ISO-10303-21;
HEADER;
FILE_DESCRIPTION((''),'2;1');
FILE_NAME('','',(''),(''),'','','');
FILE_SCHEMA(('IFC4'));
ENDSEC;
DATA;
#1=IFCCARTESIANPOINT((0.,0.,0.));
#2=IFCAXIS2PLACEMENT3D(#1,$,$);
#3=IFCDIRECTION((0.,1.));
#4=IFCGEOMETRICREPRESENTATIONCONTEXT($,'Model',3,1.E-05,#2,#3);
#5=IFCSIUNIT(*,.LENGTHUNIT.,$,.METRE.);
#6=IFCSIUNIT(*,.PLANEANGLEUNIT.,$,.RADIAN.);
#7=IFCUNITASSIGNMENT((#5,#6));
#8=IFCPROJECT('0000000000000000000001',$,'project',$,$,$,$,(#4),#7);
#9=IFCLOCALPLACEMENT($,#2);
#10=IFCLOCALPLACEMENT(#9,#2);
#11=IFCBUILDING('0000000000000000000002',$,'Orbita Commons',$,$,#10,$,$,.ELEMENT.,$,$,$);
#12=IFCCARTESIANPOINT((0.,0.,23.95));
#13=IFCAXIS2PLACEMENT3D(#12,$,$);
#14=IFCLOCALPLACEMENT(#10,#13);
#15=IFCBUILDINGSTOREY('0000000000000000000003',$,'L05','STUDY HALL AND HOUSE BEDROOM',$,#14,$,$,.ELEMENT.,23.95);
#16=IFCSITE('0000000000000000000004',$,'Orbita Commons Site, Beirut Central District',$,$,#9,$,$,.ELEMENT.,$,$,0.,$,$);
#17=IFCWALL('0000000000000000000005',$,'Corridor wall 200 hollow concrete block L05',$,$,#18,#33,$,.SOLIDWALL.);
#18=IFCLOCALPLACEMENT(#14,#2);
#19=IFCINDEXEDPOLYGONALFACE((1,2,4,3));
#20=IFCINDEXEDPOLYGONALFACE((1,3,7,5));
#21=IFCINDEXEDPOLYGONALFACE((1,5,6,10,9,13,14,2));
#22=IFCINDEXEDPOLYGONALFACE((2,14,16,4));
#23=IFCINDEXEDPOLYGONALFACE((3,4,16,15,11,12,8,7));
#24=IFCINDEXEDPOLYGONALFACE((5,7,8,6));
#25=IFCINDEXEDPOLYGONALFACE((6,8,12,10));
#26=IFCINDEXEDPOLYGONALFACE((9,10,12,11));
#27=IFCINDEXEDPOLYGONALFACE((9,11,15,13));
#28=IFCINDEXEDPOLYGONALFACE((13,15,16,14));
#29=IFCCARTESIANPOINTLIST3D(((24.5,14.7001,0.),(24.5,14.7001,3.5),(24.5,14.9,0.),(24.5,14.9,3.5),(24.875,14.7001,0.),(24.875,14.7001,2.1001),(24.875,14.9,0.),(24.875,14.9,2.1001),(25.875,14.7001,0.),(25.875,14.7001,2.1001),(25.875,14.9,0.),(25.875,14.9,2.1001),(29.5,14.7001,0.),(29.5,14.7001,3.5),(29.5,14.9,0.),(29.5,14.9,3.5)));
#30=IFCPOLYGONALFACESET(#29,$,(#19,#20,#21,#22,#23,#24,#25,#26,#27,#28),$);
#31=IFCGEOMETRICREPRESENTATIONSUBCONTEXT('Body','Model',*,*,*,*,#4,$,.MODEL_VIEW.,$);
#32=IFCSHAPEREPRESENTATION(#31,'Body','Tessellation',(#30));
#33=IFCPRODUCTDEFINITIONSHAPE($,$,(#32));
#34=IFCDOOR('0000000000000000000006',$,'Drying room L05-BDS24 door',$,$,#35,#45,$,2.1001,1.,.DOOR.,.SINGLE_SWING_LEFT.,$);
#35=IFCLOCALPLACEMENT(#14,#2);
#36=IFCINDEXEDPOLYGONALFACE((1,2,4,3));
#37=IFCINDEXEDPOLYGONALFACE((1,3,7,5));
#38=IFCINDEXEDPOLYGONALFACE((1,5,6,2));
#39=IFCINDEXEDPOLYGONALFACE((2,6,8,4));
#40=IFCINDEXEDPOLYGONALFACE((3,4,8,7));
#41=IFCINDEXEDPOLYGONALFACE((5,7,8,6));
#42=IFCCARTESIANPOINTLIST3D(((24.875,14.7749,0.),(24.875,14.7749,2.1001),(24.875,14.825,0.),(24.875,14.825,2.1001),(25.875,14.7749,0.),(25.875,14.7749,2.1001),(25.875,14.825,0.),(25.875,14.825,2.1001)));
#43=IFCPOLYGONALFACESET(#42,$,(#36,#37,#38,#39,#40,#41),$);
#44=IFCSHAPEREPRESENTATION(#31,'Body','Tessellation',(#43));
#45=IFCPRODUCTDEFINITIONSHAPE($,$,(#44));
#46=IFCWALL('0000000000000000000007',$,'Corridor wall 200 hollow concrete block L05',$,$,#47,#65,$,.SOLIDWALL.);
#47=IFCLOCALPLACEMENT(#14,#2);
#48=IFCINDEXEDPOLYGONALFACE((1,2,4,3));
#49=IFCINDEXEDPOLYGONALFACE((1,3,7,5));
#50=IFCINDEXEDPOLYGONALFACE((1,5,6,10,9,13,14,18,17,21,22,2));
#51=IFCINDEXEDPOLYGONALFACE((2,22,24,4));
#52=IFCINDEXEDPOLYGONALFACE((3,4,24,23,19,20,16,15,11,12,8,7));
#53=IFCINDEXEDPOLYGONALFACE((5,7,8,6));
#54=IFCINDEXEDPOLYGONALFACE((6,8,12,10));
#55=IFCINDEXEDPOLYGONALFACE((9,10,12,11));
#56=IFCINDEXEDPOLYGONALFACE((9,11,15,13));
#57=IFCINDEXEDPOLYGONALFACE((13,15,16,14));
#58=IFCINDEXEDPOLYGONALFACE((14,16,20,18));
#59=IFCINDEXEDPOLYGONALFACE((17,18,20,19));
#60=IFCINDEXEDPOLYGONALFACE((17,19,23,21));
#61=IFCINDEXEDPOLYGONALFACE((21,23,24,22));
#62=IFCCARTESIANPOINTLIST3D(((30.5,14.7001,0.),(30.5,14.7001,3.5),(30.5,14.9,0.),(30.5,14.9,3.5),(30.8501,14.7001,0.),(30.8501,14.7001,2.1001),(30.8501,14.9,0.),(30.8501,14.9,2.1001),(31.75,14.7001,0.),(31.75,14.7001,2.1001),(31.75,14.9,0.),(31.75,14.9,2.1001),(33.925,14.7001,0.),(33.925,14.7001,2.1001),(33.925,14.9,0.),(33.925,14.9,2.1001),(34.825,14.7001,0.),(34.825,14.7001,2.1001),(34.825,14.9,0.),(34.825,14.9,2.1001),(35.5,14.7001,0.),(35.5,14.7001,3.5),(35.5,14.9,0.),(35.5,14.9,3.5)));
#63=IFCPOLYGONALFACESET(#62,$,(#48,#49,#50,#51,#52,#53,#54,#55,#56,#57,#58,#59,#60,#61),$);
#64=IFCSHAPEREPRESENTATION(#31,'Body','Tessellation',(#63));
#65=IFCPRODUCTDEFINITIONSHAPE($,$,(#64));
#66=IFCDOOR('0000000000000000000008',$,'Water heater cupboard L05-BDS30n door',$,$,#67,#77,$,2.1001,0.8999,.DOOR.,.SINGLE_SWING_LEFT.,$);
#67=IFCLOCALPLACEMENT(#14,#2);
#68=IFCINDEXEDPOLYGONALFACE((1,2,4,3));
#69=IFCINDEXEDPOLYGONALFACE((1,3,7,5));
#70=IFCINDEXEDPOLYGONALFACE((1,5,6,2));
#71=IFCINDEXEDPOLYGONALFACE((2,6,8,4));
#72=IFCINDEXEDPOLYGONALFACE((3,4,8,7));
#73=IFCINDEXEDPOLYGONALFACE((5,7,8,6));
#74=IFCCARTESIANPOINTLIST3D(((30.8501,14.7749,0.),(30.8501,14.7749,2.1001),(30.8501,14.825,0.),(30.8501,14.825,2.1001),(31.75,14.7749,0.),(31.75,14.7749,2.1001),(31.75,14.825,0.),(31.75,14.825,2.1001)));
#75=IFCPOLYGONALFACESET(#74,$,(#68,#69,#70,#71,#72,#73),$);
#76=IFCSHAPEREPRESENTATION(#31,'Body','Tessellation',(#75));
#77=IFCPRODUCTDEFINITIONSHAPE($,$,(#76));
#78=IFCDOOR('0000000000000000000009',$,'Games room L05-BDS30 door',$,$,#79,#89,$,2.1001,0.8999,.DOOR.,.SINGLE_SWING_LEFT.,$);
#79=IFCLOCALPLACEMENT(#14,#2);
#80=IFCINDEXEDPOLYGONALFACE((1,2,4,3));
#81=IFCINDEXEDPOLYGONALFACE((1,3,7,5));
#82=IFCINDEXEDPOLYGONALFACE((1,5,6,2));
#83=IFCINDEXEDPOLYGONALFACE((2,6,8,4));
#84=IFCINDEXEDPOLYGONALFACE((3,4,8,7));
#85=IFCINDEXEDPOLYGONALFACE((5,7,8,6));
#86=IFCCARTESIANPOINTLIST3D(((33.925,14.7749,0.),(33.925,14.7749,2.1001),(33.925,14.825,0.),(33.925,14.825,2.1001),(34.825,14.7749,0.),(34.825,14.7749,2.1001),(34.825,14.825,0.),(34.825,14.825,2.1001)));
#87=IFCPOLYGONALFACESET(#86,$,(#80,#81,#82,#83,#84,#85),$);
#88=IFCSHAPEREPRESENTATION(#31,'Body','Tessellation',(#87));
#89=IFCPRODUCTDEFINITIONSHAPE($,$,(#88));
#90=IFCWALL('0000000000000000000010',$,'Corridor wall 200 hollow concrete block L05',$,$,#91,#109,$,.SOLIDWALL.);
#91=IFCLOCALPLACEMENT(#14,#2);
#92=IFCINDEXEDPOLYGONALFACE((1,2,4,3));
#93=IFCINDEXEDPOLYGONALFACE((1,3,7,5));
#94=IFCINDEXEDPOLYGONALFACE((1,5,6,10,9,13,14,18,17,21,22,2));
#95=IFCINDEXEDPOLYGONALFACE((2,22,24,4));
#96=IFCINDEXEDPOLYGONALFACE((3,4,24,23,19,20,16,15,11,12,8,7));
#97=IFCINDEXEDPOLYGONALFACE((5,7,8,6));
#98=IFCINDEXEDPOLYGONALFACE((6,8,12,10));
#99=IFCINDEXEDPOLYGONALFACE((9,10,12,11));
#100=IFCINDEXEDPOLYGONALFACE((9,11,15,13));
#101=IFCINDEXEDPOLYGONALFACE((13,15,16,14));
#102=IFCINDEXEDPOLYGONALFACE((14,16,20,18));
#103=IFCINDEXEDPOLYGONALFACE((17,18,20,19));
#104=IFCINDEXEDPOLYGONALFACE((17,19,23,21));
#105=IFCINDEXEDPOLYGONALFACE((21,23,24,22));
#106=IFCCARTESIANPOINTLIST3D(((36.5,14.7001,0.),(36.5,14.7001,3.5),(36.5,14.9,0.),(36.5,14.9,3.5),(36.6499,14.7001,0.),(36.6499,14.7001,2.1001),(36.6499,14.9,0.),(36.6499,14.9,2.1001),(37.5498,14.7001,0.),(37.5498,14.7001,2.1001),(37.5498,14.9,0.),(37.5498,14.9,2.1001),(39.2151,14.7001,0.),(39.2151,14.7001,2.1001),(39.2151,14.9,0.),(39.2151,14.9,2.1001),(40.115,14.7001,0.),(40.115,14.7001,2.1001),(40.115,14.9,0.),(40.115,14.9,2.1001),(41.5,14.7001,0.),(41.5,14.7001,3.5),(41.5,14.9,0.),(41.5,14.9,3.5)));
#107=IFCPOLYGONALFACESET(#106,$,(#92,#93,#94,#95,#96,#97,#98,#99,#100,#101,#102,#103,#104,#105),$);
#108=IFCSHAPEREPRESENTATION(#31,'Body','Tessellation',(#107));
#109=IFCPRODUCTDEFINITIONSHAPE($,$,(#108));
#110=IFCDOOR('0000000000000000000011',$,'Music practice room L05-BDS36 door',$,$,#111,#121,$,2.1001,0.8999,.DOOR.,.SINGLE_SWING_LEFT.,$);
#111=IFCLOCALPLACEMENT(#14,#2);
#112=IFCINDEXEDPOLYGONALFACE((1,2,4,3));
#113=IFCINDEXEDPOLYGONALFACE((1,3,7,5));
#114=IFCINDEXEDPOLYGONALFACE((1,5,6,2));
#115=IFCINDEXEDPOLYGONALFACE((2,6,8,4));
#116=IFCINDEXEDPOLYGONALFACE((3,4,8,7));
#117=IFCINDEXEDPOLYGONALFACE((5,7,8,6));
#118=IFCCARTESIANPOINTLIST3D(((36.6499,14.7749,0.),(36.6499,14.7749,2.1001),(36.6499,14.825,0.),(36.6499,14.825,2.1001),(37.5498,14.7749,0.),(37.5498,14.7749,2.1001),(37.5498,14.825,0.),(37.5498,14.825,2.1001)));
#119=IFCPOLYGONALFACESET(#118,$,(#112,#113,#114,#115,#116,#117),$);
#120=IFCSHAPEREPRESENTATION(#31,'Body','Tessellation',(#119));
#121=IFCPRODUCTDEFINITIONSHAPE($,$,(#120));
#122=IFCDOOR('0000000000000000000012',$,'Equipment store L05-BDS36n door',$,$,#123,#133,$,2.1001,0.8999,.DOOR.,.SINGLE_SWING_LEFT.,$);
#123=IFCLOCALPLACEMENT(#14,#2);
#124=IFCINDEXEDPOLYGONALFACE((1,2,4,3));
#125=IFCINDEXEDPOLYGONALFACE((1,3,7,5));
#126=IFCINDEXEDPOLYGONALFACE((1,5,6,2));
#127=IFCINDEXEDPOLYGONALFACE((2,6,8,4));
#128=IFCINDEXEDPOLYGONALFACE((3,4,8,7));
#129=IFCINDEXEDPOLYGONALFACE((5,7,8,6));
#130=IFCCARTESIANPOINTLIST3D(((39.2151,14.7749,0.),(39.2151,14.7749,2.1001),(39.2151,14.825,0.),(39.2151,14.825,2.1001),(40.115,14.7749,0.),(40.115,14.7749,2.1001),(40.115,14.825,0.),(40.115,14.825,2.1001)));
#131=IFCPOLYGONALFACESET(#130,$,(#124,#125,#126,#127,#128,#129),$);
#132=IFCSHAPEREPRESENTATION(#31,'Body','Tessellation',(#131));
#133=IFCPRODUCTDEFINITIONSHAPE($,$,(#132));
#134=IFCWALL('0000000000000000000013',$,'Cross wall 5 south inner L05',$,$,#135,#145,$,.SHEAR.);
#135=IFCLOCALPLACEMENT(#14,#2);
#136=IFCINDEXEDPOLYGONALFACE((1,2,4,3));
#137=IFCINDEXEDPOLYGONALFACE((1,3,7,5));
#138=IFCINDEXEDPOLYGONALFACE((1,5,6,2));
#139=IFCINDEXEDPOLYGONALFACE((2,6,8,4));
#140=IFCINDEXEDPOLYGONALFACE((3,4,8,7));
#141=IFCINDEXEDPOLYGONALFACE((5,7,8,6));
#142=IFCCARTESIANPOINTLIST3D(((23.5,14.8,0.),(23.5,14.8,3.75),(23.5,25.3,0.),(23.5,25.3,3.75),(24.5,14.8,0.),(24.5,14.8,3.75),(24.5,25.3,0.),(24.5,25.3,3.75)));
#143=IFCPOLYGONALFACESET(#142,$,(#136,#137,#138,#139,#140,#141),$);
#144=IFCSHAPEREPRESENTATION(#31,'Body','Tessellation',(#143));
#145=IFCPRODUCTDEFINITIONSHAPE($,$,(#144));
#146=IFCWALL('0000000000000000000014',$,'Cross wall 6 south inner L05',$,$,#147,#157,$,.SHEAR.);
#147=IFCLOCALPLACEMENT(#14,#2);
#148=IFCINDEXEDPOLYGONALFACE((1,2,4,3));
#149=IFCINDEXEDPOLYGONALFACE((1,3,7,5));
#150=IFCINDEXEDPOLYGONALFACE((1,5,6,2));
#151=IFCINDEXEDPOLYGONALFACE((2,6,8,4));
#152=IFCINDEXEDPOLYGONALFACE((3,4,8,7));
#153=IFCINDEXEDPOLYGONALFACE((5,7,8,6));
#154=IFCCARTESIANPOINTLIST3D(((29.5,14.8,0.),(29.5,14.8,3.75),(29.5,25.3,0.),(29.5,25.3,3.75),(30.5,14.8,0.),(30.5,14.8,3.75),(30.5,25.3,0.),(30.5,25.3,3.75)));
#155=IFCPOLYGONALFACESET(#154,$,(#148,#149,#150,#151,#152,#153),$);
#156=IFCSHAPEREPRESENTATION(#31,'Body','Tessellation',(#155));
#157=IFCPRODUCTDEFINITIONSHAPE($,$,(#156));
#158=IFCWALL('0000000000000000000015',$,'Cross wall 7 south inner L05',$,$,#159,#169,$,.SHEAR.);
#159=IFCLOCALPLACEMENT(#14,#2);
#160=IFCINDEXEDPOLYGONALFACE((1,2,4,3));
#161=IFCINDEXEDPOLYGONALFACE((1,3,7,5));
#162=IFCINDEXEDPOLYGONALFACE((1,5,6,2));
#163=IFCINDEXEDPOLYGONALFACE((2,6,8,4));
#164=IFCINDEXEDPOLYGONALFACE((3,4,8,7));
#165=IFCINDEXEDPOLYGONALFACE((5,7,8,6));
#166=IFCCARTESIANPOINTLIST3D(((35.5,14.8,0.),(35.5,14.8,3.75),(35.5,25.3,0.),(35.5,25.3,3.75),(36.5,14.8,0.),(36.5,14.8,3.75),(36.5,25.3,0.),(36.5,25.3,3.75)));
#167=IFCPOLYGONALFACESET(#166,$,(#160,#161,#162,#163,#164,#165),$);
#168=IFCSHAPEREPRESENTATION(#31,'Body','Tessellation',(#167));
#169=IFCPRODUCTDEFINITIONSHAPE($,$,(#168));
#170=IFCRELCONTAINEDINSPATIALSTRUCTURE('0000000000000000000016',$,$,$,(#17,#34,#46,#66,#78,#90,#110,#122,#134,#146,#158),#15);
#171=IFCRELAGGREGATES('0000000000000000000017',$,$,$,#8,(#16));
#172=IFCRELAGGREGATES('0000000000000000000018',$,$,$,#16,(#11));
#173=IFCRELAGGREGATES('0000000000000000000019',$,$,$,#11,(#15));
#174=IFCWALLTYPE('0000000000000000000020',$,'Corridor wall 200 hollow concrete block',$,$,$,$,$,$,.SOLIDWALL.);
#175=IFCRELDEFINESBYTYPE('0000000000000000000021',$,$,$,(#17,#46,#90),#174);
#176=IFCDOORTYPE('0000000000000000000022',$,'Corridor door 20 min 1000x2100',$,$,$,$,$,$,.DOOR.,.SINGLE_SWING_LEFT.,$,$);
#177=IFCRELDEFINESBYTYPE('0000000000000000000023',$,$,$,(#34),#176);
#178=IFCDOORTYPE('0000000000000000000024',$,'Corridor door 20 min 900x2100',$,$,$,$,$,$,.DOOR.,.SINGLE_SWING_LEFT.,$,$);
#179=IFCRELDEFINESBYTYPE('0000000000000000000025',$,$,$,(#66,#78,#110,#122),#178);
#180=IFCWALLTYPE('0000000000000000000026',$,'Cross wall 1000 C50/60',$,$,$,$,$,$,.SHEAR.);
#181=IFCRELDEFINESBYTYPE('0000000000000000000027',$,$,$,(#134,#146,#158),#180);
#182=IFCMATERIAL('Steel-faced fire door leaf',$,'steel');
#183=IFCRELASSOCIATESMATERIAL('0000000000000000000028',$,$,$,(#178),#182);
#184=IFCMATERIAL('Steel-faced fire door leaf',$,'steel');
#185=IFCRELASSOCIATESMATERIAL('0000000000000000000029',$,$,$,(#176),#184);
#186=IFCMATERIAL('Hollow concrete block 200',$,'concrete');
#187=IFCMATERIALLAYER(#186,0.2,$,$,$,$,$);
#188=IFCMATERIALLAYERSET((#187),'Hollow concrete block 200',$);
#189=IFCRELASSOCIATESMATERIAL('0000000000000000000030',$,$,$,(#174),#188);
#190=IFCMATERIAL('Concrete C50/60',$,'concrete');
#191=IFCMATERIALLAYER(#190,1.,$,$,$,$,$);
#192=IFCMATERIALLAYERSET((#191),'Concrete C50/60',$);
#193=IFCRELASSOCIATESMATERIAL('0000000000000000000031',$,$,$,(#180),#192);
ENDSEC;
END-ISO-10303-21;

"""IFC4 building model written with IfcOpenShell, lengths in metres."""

from ifc_helpers import new_model, si_unit, direction, frame, frame_2d, origin, place, context, subcontext, project, spatial, rectangle, extrude, material, layer, layer_set, type_object, element, fill, save


model = new_model("IFC4")

# Units and contexts
model_context = context("Model", 3, precision=1e-05, world=origin(), true_north=direction((0.0, 1.0)))
body_context = subcontext(model_context, "Body", "Model", "MODEL_VIEW")
ifc_project = project(units=[si_unit("LENGTHUNIT", "METRE"), si_unit("PLANEANGLEUNIT", "RADIAN")], contexts=[model_context])

# Site, building, storey
site_placement = place(None, origin())
site = spatial("IfcSite", under=ifc_project, at=site_placement, Name="Orbita Commons Site, Beirut Central District", CompositionType="ELEMENT", RefElevation=0.0)
building_placement = place(site_placement, origin())
building = spatial("IfcBuilding", under=site, at=building_placement, Name="Orbita Commons", CompositionType="ELEMENT")
storey_placement = place(building_placement, frame((0.0, 0.0, 23.95)))
storey = spatial("IfcBuildingStorey", under=building, at=storey_placement, Name="L05", Description="STUDY HALL AND HOUSE BEDROOM", CompositionType="ELEMENT", Elevation=23.95)

# Shared definitions
ifc_material_1 = material(Name="Steel-faced fire door leaf", Category="steel")
door_type_1 = type_object("IfcDoorType", Name="Corridor door 20 min 900x2100", OperationType="SINGLE_SWING_LEFT", PredefinedType="DOOR", material=ifc_material_1)

# Wall, opening, door
ifc_material_2 = material(Name="Steel-faced fire door leaf", Category="steel")
door_type_2 = type_object("IfcDoorType", Name="Corridor door 20 min 1000x2100", OperationType="SINGLE_SWING_LEFT", PredefinedType="DOOR", material=ifc_material_2)
ifc_material_3 = material(Name="Hollow concrete block 200", Category="concrete")
ifc_layer_1 = layer(ifc_material_3, 0.2)
ifc_layer_set_1 = layer_set([ifc_layer_1], Name="Hollow concrete block 200")
wall_type_1 = type_object("IfcWallType", Name="Corridor wall 200 hollow concrete block", PredefinedType="SOLIDWALL", material=ifc_layer_set_1)
wall_1_placement = place(storey_placement, frame((24.5, 14.8, 0.0), z_axis=(0.0, 0.0, 1.0), x_axis=(1.0, 0.0, 0.0)))
wall_1 = element("IfcWall", 1, at=wall_1_placement, inside=storey, type_object=wall_type_1, Name="Corridor wall 200 hollow concrete block L05", PredefinedType="SOLIDWALL", context=body_context, shape_type="SweptSolid", body=[
    extrude(rectangle(XDim=5.0, YDim=0.2, at=frame_2d((2.5, 0.0))), origin(), (0.0, 0.0, 1.0), 3.5),
])
opening_1_placement = place(wall_1_placement, frame((0.375, 0.0, 0.0)))
opening_1 = element("IfcOpeningElement", 2, at=opening_1_placement, cuts=wall_1, PredefinedType="OPENING", context=body_context, shape_type="SweptSolid", body=[
    extrude(rectangle(XDim=1.0, YDim=2.1001, at=frame_2d((0.5, 1.05))), frame((0.0, 0.1099, 0.0), z_axis=(0.0, -1.0, 0.0), x_axis=(1.0, 0.0, 0.0)), (0.0, 0.0, 1.0), 0.22),
])
door_1_placement = place(opening_1_placement, origin())
door_1 = element("IfcDoor", 3, at=door_1_placement, inside=storey, type_object=door_type_2, Name="Drying room L05-BDS24 door", OperationType="SINGLE_SWING_LEFT", OverallHeight=2.1001, OverallWidth=1.0, PredefinedType="DOOR", context=body_context, shape_type="SweptSolid", body=[
    extrude(rectangle(XDim=1.0, YDim=2.1001, at=frame_2d((0.5, 1.05))), frame((0.0, 0.0249, 0.0), z_axis=(0.0, -1.0, 0.0), x_axis=(1.0, 0.0, 0.0)), (0.0, 0.0, 1.0), 0.05),
])
fill(opening_1, door_1)

# Walls, openings, doors
wall_2_placement = place(storey_placement, frame((30.5, 14.8, 0.0), z_axis=(0.0, 0.0, 1.0), x_axis=(1.0, 0.0, 0.0)))
wall_2 = element("IfcWall", 4, at=wall_2_placement, inside=storey, type_object=wall_type_1, Name="Corridor wall 200 hollow concrete block L05", PredefinedType="SOLIDWALL", context=body_context, shape_type="SweptSolid", body=[
    extrude(rectangle(XDim=5.0, YDim=0.2, at=frame_2d((2.5, 0.0))), origin(), (0.0, 0.0, 1.0), 3.5),
])
opening_2_placement = place(wall_2_placement, frame((0.3501, 0.0, 0.0)))
opening_2 = element("IfcOpeningElement", 5, at=opening_2_placement, cuts=wall_2, PredefinedType="OPENING", context=body_context, shape_type="SweptSolid", body=[
    extrude(rectangle(XDim=0.8999, YDim=2.1001, at=frame_2d((0.45, 1.05))), frame((0.0, 0.1099, 0.0), z_axis=(0.0, -1.0, 0.0), x_axis=(1.0, 0.0, 0.0)), (0.0, 0.0, 1.0), 0.22),
])
opening_3_placement = place(wall_2_placement, frame((3.425, 0.0, 0.0)))
opening_3 = element("IfcOpeningElement", 6, at=opening_3_placement, cuts=wall_2, PredefinedType="OPENING", context=body_context, shape_type="SweptSolid", body=[
    extrude(rectangle(XDim=0.8999, YDim=2.1001, at=frame_2d((0.45, 1.05))), frame((0.0, 0.1099, 0.0), z_axis=(0.0, -1.0, 0.0), x_axis=(1.0, 0.0, 0.0)), (0.0, 0.0, 1.0), 0.22),
])
door_2_placement = place(opening_2_placement, origin())
door_2 = element("IfcDoor", 7, at=door_2_placement, inside=storey, type_object=door_type_1, Name="Water heater cupboard L05-BDS30n door", OperationType="SINGLE_SWING_LEFT", OverallHeight=2.1001, OverallWidth=0.8999, PredefinedType="DOOR", context=body_context, shape_type="SweptSolid", body=[
    extrude(rectangle(XDim=0.8999, YDim=2.1001, at=frame_2d((0.45, 1.05))), frame((0.0, 0.0249, 0.0), z_axis=(0.0, -1.0, 0.0), x_axis=(1.0, 0.0, 0.0)), (0.0, 0.0, 1.0), 0.05),
])
fill(opening_2, door_2)
door_3_placement = place(opening_3_placement, origin())
door_3 = element("IfcDoor", 8, at=door_3_placement, inside=storey, type_object=door_type_1, Name="Games room L05-BDS30 door", OperationType="SINGLE_SWING_LEFT", OverallHeight=2.1001, OverallWidth=0.8999, PredefinedType="DOOR", context=body_context, shape_type="SweptSolid", body=[
    extrude(rectangle(XDim=0.8999, YDim=2.1001, at=frame_2d((0.45, 1.05))), frame((0.0, 0.0249, 0.0), z_axis=(0.0, -1.0, 0.0), x_axis=(1.0, 0.0, 0.0)), (0.0, 0.0, 1.0), 0.05),
])
fill(opening_3, door_3)
wall_3_placement = place(storey_placement, frame((36.5, 14.8, 0.0), z_axis=(0.0, 0.0, 1.0), x_axis=(1.0, 0.0, 0.0)))
wall_3 = element("IfcWall", 9, at=wall_3_placement, inside=storey, type_object=wall_type_1, Name="Corridor wall 200 hollow concrete block L05", PredefinedType="SOLIDWALL", context=body_context, shape_type="SweptSolid", body=[
    extrude(rectangle(XDim=5.0, YDim=0.2, at=frame_2d((2.5, 0.0))), origin(), (0.0, 0.0, 1.0), 3.5),
])
opening_4_placement = place(wall_3_placement, frame((0.1499, 0.0, 0.0)))
opening_4 = element("IfcOpeningElement", 10, at=opening_4_placement, cuts=wall_3, PredefinedType="OPENING", context=body_context, shape_type="SweptSolid", body=[
    extrude(rectangle(XDim=0.8999, YDim=2.1001, at=frame_2d((0.45, 1.05))), frame((0.0, 0.1099, 0.0), z_axis=(0.0, -1.0, 0.0), x_axis=(1.0, 0.0, 0.0)), (0.0, 0.0, 1.0), 0.22),
])
opening_5_placement = place(wall_3_placement, frame((2.7151, 0.0, 0.0)))
opening_5 = element("IfcOpeningElement", 11, at=opening_5_placement, cuts=wall_3, PredefinedType="OPENING", context=body_context, shape_type="SweptSolid", body=[
    extrude(rectangle(XDim=0.8999, YDim=2.1001, at=frame_2d((0.45, 1.05))), frame((0.0, 0.1099, 0.0), z_axis=(0.0, -1.0, 0.0), x_axis=(1.0, 0.0, 0.0)), (0.0, 0.0, 1.0), 0.22),
])
door_4_placement = place(opening_4_placement, origin())
door_4 = element("IfcDoor", 12, at=door_4_placement, inside=storey, type_object=door_type_1, Name="Music practice room L05-BDS36 door", OperationType="SINGLE_SWING_LEFT", OverallHeight=2.1001, OverallWidth=0.8999, PredefinedType="DOOR", context=body_context, shape_type="SweptSolid", body=[
    extrude(rectangle(XDim=0.8999, YDim=2.1001, at=frame_2d((0.45, 1.05))), frame((0.0, 0.0249, 0.0), z_axis=(0.0, -1.0, 0.0), x_axis=(1.0, 0.0, 0.0)), (0.0, 0.0, 1.0), 0.05),
])
fill(opening_4, door_4)
door_5_placement = place(opening_5_placement, origin())
door_5 = element("IfcDoor", 13, at=door_5_placement, inside=storey, type_object=door_type_1, Name="Equipment store L05-BDS36n door", OperationType="SINGLE_SWING_LEFT", OverallHeight=2.1001, OverallWidth=0.8999, PredefinedType="DOOR", context=body_context, shape_type="SweptSolid", body=[
    extrude(rectangle(XDim=0.8999, YDim=2.1001, at=frame_2d((0.45, 1.05))), frame((0.0, 0.0249, 0.0), z_axis=(0.0, -1.0, 0.0), x_axis=(1.0, 0.0, 0.0)), (0.0, 0.0, 1.0), 0.05),
])
fill(opening_5, door_5)

# Walls
ifc_material_4 = material(Name="Concrete C50/60", Category="concrete")
ifc_layer_2 = layer(ifc_material_4, 1.0)
ifc_layer_set_2 = layer_set([ifc_layer_2], Name="Concrete C50/60")
wall_type_2 = type_object("IfcWallType", Name="Cross wall 1000 C50/60", PredefinedType="SHEAR", material=ifc_layer_set_2)
for number, where, z_axis, x_axis, name in (
    (14, (24.0, 14.8, 0.0), (0.0, 0.0, 1.0), (0.0, 1.0, 0.0), "Cross wall 5 south inner L05"),
    (15, (30.0, 14.8, 0.0), (0.0, 0.0, 1.0), (0.0, 1.0, 0.0), "Cross wall 6 south inner L05"),
    (16, (36.0, 14.8, 0.0), (0.0, 0.0, 1.0), (0.0, 1.0, 0.0), "Cross wall 7 south inner L05"),
):
    element("IfcWall", number, at=place(storey_placement, frame(where, z_axis=z_axis, x_axis=x_axis)), inside=storey, type_object=wall_type_2, Name=name, PredefinedType="SHEAR", context=body_context, shape_type="SweptSolid", body=[
        extrude(rectangle(XDim=10.5, YDim=1.0, at=frame_2d((5.25, 0.0))), origin(), (0.0, 0.0, 1.0), 3.75),
    ])

save(model, "model.ifc")
